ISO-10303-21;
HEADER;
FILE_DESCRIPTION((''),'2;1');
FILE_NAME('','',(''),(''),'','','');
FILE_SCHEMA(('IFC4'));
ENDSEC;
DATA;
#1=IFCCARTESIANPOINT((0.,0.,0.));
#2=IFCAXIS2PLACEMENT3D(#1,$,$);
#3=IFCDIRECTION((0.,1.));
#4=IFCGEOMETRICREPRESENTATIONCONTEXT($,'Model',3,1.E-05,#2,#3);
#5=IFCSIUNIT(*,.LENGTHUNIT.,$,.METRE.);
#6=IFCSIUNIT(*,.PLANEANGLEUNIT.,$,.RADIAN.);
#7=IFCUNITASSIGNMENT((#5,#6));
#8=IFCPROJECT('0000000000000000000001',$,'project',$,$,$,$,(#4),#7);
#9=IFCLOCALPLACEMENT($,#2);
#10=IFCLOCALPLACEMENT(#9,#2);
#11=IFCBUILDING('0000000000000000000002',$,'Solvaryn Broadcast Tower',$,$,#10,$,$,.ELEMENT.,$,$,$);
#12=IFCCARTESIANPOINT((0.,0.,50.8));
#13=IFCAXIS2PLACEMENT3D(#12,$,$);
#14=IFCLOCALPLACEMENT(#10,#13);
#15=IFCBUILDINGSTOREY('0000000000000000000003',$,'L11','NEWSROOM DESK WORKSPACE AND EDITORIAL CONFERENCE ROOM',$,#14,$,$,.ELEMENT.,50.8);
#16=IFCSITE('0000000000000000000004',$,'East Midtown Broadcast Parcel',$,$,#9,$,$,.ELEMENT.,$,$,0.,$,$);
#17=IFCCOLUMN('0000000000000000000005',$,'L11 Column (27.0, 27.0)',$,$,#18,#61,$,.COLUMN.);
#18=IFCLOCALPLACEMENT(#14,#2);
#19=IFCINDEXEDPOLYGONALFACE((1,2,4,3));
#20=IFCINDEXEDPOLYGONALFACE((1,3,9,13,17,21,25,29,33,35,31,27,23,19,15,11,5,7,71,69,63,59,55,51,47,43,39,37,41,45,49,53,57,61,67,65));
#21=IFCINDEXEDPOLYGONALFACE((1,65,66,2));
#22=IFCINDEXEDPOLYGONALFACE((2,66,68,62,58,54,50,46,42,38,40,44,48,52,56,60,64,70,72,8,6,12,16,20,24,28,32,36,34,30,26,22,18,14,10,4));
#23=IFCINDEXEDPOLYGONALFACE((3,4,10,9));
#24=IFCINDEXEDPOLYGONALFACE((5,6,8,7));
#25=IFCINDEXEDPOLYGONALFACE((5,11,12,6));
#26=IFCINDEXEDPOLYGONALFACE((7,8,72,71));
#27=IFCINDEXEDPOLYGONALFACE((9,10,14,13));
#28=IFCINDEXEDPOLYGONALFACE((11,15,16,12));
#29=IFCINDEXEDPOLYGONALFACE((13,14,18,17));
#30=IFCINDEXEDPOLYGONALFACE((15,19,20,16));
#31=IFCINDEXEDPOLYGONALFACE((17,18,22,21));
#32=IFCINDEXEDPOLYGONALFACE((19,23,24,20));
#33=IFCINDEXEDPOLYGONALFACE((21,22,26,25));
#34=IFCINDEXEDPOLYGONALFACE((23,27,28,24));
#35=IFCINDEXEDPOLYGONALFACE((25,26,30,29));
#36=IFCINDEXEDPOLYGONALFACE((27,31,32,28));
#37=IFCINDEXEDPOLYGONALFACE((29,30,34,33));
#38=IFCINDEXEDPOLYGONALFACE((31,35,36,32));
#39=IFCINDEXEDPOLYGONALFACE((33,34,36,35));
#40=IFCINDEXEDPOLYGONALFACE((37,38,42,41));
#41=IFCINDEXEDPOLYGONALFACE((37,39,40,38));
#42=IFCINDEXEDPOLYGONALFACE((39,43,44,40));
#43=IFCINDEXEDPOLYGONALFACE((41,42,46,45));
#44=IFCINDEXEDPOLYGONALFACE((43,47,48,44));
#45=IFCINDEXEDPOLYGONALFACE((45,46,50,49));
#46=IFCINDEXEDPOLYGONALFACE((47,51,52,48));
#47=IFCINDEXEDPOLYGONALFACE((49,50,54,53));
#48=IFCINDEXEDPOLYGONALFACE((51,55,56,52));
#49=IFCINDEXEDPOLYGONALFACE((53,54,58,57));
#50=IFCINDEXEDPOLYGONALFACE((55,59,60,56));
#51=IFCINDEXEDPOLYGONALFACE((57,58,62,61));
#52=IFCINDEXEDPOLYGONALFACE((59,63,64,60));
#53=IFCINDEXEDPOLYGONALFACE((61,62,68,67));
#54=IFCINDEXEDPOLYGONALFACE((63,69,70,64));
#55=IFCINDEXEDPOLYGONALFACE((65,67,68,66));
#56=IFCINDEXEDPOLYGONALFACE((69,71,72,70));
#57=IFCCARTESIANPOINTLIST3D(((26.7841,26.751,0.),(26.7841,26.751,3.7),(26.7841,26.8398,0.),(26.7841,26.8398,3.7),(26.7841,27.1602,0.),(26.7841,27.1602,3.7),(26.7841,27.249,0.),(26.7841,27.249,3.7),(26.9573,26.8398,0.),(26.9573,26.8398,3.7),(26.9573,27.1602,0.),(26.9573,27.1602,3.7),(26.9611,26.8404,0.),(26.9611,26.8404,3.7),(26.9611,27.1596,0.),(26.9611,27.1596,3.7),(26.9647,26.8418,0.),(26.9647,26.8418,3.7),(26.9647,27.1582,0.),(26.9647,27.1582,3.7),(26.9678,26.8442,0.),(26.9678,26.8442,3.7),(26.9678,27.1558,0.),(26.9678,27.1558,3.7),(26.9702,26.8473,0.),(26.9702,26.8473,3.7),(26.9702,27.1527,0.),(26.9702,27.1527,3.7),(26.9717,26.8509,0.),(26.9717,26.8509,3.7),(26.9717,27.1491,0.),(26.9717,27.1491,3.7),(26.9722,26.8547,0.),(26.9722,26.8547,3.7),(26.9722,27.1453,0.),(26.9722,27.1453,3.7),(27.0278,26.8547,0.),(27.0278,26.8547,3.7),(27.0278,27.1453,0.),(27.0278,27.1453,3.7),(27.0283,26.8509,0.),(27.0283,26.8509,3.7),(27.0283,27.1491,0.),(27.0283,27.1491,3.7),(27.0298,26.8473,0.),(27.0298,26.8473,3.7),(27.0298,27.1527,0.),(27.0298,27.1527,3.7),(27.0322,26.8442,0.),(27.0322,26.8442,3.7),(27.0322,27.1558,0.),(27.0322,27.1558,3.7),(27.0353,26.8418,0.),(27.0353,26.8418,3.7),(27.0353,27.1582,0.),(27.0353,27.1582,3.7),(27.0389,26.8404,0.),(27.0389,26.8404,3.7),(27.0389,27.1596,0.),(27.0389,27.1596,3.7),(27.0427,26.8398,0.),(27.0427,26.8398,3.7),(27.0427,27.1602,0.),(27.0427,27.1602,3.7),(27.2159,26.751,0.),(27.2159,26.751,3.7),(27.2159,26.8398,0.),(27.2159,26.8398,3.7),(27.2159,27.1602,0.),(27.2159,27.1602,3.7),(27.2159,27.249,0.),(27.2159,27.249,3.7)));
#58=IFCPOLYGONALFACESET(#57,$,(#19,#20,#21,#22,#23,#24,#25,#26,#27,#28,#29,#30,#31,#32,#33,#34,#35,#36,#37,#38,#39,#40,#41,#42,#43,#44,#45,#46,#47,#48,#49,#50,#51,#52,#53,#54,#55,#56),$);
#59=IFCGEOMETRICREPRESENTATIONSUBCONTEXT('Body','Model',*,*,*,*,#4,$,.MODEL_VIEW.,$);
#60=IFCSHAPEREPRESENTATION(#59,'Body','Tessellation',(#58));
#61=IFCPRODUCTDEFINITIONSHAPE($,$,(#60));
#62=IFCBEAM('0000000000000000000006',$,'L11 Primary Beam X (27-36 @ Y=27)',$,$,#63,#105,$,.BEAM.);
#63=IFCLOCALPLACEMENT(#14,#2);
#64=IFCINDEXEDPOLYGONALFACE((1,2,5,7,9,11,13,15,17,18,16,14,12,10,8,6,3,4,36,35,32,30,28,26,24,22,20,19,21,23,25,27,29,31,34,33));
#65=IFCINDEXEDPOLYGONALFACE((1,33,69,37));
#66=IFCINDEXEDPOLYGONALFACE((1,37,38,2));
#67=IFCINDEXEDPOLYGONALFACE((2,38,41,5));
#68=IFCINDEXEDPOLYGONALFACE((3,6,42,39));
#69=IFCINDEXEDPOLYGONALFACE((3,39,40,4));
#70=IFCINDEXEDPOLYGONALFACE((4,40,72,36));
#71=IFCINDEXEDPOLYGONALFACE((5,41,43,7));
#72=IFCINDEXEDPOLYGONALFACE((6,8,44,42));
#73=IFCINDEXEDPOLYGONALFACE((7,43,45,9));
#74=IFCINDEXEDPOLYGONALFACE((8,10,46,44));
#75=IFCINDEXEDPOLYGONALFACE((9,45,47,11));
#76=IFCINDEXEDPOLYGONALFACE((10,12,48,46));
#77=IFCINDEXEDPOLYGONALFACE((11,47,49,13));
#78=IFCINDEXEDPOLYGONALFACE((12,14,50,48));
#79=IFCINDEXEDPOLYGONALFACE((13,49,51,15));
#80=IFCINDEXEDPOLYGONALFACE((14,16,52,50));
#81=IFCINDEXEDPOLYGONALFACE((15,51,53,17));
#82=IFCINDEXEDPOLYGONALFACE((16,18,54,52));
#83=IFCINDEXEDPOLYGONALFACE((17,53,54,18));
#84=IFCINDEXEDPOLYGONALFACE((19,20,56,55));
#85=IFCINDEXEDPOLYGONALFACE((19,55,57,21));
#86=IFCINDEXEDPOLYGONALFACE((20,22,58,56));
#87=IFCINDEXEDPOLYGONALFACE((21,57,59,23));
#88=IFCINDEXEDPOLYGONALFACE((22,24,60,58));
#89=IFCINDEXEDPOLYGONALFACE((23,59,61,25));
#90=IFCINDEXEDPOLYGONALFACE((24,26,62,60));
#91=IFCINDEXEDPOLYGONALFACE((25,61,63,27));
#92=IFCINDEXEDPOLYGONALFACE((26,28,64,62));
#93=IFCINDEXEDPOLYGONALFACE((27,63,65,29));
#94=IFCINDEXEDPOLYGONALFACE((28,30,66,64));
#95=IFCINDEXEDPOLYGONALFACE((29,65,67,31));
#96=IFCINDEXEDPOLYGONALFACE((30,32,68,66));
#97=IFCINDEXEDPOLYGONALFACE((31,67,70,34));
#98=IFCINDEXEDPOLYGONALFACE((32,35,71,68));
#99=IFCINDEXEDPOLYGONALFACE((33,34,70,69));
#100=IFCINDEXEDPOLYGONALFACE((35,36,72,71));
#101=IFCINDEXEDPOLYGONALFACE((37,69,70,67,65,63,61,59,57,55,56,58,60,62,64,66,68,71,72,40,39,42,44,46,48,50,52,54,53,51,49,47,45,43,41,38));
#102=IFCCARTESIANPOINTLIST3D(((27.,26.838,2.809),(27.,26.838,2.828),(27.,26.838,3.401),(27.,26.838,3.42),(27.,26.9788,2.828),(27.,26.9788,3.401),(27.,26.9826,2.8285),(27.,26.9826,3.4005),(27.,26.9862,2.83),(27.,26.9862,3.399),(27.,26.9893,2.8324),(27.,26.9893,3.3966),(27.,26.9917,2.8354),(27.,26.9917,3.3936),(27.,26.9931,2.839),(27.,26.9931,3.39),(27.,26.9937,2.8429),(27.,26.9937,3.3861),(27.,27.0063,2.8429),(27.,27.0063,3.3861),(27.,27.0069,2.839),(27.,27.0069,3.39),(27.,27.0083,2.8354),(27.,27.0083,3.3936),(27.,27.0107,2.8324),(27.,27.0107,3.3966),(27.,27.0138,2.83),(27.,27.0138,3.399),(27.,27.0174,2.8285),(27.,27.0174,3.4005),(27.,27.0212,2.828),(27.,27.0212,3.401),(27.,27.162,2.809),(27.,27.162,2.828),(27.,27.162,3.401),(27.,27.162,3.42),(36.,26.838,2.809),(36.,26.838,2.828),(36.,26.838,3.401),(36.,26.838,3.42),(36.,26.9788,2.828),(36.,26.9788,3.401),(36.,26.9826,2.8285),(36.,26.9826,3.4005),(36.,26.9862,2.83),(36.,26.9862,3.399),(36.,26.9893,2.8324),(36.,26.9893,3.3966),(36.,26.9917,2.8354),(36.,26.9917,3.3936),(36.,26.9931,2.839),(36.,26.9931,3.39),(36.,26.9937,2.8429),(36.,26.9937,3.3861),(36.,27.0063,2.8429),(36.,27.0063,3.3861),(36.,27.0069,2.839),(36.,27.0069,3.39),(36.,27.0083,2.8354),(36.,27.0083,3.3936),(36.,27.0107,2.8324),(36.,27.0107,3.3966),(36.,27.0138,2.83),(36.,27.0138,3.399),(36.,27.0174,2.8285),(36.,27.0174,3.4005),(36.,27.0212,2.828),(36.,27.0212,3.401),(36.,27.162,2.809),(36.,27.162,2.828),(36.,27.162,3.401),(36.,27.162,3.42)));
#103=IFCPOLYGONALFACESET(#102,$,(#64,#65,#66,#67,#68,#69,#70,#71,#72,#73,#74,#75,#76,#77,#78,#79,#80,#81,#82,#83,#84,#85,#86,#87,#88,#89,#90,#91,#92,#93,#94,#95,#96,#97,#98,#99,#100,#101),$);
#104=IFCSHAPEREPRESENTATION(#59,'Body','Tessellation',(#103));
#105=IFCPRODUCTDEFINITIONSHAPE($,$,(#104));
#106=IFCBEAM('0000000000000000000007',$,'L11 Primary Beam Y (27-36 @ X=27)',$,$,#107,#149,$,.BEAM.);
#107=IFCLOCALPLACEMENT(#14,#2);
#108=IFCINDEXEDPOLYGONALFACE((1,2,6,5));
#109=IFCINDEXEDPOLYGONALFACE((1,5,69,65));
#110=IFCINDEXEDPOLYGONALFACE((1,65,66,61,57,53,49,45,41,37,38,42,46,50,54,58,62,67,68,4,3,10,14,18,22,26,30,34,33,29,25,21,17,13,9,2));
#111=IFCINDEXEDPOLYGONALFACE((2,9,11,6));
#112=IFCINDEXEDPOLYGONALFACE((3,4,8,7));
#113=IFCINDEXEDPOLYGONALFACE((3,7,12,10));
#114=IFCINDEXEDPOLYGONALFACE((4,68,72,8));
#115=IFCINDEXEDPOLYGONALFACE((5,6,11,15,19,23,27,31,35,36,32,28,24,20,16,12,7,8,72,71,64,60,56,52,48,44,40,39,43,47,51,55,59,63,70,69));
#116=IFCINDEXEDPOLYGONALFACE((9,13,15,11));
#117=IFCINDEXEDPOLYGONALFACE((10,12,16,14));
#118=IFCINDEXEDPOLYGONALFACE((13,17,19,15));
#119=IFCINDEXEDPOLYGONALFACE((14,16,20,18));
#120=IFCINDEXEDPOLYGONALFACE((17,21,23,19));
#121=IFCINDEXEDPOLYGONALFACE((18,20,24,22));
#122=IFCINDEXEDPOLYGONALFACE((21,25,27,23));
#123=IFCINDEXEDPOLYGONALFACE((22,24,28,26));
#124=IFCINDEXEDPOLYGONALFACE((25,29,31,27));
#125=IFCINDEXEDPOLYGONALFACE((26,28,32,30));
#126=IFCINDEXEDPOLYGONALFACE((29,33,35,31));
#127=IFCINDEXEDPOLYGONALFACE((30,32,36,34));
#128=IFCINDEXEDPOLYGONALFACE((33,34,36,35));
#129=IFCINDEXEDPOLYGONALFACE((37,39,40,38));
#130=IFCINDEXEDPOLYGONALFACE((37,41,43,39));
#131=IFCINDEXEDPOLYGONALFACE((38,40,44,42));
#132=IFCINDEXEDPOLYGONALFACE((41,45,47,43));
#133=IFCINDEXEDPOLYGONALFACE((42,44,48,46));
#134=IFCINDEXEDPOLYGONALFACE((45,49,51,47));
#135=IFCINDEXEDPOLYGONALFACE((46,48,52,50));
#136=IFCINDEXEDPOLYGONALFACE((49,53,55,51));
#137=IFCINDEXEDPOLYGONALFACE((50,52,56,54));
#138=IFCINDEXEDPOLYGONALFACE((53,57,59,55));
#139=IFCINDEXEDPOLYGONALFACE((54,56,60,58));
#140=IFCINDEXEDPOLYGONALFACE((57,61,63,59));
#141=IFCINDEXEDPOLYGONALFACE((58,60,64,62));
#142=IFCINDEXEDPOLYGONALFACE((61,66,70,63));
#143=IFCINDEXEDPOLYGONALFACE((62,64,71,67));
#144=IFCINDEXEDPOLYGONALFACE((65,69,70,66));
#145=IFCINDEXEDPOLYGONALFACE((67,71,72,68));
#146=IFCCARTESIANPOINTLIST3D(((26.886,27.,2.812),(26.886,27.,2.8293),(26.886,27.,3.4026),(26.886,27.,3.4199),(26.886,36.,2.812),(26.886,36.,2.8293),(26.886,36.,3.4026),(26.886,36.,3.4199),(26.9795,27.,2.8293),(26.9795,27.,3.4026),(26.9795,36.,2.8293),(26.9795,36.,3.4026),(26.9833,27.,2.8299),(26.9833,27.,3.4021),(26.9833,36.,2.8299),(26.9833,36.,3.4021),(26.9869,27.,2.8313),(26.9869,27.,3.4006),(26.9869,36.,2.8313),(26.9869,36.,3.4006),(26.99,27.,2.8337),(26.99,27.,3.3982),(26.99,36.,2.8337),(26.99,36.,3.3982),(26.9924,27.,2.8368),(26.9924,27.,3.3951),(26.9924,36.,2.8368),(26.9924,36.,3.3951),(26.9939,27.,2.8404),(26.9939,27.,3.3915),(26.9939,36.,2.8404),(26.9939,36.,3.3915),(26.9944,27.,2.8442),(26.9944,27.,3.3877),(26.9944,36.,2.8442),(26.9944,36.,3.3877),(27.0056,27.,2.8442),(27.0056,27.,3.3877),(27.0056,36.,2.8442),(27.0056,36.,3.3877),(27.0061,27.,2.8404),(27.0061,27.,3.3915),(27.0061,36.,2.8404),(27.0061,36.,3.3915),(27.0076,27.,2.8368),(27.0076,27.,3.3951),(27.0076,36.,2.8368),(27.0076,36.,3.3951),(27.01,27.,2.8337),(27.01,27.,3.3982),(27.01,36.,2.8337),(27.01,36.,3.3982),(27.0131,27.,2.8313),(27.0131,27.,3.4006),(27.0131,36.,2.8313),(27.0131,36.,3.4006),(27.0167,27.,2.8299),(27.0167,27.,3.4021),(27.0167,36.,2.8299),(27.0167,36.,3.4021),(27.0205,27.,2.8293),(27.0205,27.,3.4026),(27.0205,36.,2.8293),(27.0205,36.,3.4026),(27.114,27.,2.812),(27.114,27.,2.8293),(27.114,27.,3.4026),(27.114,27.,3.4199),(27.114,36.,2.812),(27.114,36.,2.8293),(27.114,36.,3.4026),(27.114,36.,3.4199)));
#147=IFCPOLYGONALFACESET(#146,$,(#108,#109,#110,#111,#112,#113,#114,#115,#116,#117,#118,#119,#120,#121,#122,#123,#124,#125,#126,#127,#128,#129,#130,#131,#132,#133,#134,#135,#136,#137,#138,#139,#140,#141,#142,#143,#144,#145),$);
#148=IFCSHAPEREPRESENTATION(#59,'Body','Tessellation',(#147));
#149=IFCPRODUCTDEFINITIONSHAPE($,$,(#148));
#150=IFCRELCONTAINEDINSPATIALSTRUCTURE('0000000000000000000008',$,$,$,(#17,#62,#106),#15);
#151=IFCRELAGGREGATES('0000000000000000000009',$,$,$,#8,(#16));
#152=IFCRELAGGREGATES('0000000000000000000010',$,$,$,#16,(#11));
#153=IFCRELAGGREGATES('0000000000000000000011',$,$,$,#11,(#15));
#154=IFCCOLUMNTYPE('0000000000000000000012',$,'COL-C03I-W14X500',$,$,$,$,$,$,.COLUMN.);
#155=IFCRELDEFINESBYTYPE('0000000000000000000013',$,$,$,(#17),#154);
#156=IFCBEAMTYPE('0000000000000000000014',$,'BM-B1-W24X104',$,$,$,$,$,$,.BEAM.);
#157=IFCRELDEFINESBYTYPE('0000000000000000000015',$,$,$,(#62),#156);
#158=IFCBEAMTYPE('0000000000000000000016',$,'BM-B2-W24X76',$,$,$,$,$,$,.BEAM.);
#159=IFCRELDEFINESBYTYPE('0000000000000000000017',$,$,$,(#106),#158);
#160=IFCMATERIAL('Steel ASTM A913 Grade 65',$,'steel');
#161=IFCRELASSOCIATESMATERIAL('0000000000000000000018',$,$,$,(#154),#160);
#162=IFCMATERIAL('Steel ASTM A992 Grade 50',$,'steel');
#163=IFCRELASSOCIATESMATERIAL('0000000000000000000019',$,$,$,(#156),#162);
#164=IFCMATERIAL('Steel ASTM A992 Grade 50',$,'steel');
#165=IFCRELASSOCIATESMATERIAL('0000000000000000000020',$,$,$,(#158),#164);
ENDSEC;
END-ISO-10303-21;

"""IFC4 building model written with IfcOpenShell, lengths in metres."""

from ifc_helpers import new_model, si_unit, direction, frame, origin, origin_2d, place, context, subcontext, project, spatial, i_section, extrude, material, material_profile, profile_set, type_object, element, save


model = new_model("IFC4")

# Units and contexts
model_context = context("Model", 3, precision=1e-05, world=origin(), true_north=direction((0.0, 1.0)))
body_context = subcontext(model_context, "Body", "Model", "MODEL_VIEW")
ifc_project = project(units=[si_unit("LENGTHUNIT", "METRE"), si_unit("PLANEANGLEUNIT", "RADIAN")], contexts=[model_context])

# Site, building, storey
site_placement = place(None, origin())
site = spatial("IfcSite", under=ifc_project, at=site_placement, Name="East Midtown Broadcast Parcel", CompositionType="ELEMENT", RefElevation=0.0)
building_placement = place(site_placement, origin())
building = spatial("IfcBuilding", under=site, at=building_placement, Name="Solvaryn Broadcast Tower", CompositionType="ELEMENT")
storey_placement = place(building_placement, frame((0.0, 0.0, 50.8)))
storey = spatial("IfcBuildingStorey", under=building, at=storey_placement, Name="L11", Description="NEWSROOM DESK WORKSPACE AND EDITORIAL CONFERENCE ROOM", CompositionType="ELEMENT", Elevation=50.8)

# Column
ifc_material_1 = material(Name="Steel ASTM A913 Grade 65", Category="steel")
ifc_material_profile_1 = material_profile(ifc_material_1, i_section(OverallWidth=0.4319, OverallDepth=0.498, WebThickness=0.0557, FlangeThickness=0.0889, FilletRadius=0.0149, at=origin_2d()))
ifc_profile_set_1 = profile_set([ifc_material_profile_1], Name="Steel ASTM A913 Grade 65")
column_type = type_object("IfcColumnType", Name="COL-C03I-W14X500", PredefinedType="COLUMN", material=ifc_profile_set_1)
column_placement = place(storey_placement, frame((27.0, 27.0, 0.0), z_axis=(0.0, 0.0, 1.0), x_axis=(1.0, 0.0, 0.0)))
element("IfcColumn", 1, at=column_placement, inside=storey, type_object=column_type, Name="L11 Column (27.0, 27.0)", PredefinedType="COLUMN", context=body_context, shape_type="SweptSolid", body=[
    extrude(i_section(OverallWidth=0.4319, OverallDepth=0.498, WebThickness=0.0557, FlangeThickness=0.0889, FilletRadius=0.0149, at=origin_2d()), origin(), (0.0, 0.0, 1.0), 3.7),
])

# Beams
ifc_material_2 = material(Name="Steel ASTM A992 Grade 50", Category="steel")
ifc_material_profile_2 = material_profile(ifc_material_2, i_section(OverallWidth=0.324, OverallDepth=0.6111, WebThickness=0.0127, FlangeThickness=0.019, FilletRadius=0.0149, at=origin_2d()))
ifc_profile_set_2 = profile_set([ifc_material_profile_2], Name="Steel ASTM A992 Grade 50")
beam_type_1 = type_object("IfcBeamType", Name="BM-B1-W24X104", PredefinedType="BEAM", material=ifc_profile_set_2)
beam_1_placement = place(storey_placement, frame((27.0, 27.0, 3.1145), z_axis=(1.0, 0.0, 0.0), x_axis=(0.0, 1.0, 0.0)))
element("IfcBeam", 2, at=beam_1_placement, inside=storey, type_object=beam_type_1, Name="L11 Primary Beam X (27-36 @ Y=27)", PredefinedType="BEAM", context=body_context, shape_type="SweptSolid", body=[
    extrude(i_section(OverallWidth=0.324, OverallDepth=0.6111, WebThickness=0.0127, FlangeThickness=0.019, FilletRadius=0.0149, at=origin_2d()), origin(), (0.0, 0.0, 1.0), 9.0),
])
ifc_material_3 = material(Name="Steel ASTM A992 Grade 50", Category="steel")
ifc_material_profile_3 = material_profile(ifc_material_3, i_section(OverallWidth=0.228, OverallDepth=0.6079, WebThickness=0.0112, FlangeThickness=0.0173, FilletRadius=0.0149, at=origin_2d()))
ifc_profile_set_3 = profile_set([ifc_material_profile_3], Name="Steel ASTM A992 Grade 50")
beam_type_2 = type_object("IfcBeamType", Name="BM-B2-W24X76", PredefinedType="BEAM", material=ifc_profile_set_3)
beam_2_placement = place(storey_placement, frame((27.0, 27.0, 3.116), z_axis=(0.0, 1.0, 0.0), x_axis=(-1.0, 0.0, 0.0)))
element("IfcBeam", 3, at=beam_2_placement, inside=storey, type_object=beam_type_2, Name="L11 Primary Beam Y (27-36 @ X=27)", PredefinedType="BEAM", context=body_context, shape_type="SweptSolid", body=[
    extrude(i_section(OverallWidth=0.228, OverallDepth=0.6079, WebThickness=0.0112, FlangeThickness=0.0173, FilletRadius=0.0149, at=origin_2d()), origin(), (0.0, 0.0, 1.0), 9.0),
])

save(model, "model.ifc")
